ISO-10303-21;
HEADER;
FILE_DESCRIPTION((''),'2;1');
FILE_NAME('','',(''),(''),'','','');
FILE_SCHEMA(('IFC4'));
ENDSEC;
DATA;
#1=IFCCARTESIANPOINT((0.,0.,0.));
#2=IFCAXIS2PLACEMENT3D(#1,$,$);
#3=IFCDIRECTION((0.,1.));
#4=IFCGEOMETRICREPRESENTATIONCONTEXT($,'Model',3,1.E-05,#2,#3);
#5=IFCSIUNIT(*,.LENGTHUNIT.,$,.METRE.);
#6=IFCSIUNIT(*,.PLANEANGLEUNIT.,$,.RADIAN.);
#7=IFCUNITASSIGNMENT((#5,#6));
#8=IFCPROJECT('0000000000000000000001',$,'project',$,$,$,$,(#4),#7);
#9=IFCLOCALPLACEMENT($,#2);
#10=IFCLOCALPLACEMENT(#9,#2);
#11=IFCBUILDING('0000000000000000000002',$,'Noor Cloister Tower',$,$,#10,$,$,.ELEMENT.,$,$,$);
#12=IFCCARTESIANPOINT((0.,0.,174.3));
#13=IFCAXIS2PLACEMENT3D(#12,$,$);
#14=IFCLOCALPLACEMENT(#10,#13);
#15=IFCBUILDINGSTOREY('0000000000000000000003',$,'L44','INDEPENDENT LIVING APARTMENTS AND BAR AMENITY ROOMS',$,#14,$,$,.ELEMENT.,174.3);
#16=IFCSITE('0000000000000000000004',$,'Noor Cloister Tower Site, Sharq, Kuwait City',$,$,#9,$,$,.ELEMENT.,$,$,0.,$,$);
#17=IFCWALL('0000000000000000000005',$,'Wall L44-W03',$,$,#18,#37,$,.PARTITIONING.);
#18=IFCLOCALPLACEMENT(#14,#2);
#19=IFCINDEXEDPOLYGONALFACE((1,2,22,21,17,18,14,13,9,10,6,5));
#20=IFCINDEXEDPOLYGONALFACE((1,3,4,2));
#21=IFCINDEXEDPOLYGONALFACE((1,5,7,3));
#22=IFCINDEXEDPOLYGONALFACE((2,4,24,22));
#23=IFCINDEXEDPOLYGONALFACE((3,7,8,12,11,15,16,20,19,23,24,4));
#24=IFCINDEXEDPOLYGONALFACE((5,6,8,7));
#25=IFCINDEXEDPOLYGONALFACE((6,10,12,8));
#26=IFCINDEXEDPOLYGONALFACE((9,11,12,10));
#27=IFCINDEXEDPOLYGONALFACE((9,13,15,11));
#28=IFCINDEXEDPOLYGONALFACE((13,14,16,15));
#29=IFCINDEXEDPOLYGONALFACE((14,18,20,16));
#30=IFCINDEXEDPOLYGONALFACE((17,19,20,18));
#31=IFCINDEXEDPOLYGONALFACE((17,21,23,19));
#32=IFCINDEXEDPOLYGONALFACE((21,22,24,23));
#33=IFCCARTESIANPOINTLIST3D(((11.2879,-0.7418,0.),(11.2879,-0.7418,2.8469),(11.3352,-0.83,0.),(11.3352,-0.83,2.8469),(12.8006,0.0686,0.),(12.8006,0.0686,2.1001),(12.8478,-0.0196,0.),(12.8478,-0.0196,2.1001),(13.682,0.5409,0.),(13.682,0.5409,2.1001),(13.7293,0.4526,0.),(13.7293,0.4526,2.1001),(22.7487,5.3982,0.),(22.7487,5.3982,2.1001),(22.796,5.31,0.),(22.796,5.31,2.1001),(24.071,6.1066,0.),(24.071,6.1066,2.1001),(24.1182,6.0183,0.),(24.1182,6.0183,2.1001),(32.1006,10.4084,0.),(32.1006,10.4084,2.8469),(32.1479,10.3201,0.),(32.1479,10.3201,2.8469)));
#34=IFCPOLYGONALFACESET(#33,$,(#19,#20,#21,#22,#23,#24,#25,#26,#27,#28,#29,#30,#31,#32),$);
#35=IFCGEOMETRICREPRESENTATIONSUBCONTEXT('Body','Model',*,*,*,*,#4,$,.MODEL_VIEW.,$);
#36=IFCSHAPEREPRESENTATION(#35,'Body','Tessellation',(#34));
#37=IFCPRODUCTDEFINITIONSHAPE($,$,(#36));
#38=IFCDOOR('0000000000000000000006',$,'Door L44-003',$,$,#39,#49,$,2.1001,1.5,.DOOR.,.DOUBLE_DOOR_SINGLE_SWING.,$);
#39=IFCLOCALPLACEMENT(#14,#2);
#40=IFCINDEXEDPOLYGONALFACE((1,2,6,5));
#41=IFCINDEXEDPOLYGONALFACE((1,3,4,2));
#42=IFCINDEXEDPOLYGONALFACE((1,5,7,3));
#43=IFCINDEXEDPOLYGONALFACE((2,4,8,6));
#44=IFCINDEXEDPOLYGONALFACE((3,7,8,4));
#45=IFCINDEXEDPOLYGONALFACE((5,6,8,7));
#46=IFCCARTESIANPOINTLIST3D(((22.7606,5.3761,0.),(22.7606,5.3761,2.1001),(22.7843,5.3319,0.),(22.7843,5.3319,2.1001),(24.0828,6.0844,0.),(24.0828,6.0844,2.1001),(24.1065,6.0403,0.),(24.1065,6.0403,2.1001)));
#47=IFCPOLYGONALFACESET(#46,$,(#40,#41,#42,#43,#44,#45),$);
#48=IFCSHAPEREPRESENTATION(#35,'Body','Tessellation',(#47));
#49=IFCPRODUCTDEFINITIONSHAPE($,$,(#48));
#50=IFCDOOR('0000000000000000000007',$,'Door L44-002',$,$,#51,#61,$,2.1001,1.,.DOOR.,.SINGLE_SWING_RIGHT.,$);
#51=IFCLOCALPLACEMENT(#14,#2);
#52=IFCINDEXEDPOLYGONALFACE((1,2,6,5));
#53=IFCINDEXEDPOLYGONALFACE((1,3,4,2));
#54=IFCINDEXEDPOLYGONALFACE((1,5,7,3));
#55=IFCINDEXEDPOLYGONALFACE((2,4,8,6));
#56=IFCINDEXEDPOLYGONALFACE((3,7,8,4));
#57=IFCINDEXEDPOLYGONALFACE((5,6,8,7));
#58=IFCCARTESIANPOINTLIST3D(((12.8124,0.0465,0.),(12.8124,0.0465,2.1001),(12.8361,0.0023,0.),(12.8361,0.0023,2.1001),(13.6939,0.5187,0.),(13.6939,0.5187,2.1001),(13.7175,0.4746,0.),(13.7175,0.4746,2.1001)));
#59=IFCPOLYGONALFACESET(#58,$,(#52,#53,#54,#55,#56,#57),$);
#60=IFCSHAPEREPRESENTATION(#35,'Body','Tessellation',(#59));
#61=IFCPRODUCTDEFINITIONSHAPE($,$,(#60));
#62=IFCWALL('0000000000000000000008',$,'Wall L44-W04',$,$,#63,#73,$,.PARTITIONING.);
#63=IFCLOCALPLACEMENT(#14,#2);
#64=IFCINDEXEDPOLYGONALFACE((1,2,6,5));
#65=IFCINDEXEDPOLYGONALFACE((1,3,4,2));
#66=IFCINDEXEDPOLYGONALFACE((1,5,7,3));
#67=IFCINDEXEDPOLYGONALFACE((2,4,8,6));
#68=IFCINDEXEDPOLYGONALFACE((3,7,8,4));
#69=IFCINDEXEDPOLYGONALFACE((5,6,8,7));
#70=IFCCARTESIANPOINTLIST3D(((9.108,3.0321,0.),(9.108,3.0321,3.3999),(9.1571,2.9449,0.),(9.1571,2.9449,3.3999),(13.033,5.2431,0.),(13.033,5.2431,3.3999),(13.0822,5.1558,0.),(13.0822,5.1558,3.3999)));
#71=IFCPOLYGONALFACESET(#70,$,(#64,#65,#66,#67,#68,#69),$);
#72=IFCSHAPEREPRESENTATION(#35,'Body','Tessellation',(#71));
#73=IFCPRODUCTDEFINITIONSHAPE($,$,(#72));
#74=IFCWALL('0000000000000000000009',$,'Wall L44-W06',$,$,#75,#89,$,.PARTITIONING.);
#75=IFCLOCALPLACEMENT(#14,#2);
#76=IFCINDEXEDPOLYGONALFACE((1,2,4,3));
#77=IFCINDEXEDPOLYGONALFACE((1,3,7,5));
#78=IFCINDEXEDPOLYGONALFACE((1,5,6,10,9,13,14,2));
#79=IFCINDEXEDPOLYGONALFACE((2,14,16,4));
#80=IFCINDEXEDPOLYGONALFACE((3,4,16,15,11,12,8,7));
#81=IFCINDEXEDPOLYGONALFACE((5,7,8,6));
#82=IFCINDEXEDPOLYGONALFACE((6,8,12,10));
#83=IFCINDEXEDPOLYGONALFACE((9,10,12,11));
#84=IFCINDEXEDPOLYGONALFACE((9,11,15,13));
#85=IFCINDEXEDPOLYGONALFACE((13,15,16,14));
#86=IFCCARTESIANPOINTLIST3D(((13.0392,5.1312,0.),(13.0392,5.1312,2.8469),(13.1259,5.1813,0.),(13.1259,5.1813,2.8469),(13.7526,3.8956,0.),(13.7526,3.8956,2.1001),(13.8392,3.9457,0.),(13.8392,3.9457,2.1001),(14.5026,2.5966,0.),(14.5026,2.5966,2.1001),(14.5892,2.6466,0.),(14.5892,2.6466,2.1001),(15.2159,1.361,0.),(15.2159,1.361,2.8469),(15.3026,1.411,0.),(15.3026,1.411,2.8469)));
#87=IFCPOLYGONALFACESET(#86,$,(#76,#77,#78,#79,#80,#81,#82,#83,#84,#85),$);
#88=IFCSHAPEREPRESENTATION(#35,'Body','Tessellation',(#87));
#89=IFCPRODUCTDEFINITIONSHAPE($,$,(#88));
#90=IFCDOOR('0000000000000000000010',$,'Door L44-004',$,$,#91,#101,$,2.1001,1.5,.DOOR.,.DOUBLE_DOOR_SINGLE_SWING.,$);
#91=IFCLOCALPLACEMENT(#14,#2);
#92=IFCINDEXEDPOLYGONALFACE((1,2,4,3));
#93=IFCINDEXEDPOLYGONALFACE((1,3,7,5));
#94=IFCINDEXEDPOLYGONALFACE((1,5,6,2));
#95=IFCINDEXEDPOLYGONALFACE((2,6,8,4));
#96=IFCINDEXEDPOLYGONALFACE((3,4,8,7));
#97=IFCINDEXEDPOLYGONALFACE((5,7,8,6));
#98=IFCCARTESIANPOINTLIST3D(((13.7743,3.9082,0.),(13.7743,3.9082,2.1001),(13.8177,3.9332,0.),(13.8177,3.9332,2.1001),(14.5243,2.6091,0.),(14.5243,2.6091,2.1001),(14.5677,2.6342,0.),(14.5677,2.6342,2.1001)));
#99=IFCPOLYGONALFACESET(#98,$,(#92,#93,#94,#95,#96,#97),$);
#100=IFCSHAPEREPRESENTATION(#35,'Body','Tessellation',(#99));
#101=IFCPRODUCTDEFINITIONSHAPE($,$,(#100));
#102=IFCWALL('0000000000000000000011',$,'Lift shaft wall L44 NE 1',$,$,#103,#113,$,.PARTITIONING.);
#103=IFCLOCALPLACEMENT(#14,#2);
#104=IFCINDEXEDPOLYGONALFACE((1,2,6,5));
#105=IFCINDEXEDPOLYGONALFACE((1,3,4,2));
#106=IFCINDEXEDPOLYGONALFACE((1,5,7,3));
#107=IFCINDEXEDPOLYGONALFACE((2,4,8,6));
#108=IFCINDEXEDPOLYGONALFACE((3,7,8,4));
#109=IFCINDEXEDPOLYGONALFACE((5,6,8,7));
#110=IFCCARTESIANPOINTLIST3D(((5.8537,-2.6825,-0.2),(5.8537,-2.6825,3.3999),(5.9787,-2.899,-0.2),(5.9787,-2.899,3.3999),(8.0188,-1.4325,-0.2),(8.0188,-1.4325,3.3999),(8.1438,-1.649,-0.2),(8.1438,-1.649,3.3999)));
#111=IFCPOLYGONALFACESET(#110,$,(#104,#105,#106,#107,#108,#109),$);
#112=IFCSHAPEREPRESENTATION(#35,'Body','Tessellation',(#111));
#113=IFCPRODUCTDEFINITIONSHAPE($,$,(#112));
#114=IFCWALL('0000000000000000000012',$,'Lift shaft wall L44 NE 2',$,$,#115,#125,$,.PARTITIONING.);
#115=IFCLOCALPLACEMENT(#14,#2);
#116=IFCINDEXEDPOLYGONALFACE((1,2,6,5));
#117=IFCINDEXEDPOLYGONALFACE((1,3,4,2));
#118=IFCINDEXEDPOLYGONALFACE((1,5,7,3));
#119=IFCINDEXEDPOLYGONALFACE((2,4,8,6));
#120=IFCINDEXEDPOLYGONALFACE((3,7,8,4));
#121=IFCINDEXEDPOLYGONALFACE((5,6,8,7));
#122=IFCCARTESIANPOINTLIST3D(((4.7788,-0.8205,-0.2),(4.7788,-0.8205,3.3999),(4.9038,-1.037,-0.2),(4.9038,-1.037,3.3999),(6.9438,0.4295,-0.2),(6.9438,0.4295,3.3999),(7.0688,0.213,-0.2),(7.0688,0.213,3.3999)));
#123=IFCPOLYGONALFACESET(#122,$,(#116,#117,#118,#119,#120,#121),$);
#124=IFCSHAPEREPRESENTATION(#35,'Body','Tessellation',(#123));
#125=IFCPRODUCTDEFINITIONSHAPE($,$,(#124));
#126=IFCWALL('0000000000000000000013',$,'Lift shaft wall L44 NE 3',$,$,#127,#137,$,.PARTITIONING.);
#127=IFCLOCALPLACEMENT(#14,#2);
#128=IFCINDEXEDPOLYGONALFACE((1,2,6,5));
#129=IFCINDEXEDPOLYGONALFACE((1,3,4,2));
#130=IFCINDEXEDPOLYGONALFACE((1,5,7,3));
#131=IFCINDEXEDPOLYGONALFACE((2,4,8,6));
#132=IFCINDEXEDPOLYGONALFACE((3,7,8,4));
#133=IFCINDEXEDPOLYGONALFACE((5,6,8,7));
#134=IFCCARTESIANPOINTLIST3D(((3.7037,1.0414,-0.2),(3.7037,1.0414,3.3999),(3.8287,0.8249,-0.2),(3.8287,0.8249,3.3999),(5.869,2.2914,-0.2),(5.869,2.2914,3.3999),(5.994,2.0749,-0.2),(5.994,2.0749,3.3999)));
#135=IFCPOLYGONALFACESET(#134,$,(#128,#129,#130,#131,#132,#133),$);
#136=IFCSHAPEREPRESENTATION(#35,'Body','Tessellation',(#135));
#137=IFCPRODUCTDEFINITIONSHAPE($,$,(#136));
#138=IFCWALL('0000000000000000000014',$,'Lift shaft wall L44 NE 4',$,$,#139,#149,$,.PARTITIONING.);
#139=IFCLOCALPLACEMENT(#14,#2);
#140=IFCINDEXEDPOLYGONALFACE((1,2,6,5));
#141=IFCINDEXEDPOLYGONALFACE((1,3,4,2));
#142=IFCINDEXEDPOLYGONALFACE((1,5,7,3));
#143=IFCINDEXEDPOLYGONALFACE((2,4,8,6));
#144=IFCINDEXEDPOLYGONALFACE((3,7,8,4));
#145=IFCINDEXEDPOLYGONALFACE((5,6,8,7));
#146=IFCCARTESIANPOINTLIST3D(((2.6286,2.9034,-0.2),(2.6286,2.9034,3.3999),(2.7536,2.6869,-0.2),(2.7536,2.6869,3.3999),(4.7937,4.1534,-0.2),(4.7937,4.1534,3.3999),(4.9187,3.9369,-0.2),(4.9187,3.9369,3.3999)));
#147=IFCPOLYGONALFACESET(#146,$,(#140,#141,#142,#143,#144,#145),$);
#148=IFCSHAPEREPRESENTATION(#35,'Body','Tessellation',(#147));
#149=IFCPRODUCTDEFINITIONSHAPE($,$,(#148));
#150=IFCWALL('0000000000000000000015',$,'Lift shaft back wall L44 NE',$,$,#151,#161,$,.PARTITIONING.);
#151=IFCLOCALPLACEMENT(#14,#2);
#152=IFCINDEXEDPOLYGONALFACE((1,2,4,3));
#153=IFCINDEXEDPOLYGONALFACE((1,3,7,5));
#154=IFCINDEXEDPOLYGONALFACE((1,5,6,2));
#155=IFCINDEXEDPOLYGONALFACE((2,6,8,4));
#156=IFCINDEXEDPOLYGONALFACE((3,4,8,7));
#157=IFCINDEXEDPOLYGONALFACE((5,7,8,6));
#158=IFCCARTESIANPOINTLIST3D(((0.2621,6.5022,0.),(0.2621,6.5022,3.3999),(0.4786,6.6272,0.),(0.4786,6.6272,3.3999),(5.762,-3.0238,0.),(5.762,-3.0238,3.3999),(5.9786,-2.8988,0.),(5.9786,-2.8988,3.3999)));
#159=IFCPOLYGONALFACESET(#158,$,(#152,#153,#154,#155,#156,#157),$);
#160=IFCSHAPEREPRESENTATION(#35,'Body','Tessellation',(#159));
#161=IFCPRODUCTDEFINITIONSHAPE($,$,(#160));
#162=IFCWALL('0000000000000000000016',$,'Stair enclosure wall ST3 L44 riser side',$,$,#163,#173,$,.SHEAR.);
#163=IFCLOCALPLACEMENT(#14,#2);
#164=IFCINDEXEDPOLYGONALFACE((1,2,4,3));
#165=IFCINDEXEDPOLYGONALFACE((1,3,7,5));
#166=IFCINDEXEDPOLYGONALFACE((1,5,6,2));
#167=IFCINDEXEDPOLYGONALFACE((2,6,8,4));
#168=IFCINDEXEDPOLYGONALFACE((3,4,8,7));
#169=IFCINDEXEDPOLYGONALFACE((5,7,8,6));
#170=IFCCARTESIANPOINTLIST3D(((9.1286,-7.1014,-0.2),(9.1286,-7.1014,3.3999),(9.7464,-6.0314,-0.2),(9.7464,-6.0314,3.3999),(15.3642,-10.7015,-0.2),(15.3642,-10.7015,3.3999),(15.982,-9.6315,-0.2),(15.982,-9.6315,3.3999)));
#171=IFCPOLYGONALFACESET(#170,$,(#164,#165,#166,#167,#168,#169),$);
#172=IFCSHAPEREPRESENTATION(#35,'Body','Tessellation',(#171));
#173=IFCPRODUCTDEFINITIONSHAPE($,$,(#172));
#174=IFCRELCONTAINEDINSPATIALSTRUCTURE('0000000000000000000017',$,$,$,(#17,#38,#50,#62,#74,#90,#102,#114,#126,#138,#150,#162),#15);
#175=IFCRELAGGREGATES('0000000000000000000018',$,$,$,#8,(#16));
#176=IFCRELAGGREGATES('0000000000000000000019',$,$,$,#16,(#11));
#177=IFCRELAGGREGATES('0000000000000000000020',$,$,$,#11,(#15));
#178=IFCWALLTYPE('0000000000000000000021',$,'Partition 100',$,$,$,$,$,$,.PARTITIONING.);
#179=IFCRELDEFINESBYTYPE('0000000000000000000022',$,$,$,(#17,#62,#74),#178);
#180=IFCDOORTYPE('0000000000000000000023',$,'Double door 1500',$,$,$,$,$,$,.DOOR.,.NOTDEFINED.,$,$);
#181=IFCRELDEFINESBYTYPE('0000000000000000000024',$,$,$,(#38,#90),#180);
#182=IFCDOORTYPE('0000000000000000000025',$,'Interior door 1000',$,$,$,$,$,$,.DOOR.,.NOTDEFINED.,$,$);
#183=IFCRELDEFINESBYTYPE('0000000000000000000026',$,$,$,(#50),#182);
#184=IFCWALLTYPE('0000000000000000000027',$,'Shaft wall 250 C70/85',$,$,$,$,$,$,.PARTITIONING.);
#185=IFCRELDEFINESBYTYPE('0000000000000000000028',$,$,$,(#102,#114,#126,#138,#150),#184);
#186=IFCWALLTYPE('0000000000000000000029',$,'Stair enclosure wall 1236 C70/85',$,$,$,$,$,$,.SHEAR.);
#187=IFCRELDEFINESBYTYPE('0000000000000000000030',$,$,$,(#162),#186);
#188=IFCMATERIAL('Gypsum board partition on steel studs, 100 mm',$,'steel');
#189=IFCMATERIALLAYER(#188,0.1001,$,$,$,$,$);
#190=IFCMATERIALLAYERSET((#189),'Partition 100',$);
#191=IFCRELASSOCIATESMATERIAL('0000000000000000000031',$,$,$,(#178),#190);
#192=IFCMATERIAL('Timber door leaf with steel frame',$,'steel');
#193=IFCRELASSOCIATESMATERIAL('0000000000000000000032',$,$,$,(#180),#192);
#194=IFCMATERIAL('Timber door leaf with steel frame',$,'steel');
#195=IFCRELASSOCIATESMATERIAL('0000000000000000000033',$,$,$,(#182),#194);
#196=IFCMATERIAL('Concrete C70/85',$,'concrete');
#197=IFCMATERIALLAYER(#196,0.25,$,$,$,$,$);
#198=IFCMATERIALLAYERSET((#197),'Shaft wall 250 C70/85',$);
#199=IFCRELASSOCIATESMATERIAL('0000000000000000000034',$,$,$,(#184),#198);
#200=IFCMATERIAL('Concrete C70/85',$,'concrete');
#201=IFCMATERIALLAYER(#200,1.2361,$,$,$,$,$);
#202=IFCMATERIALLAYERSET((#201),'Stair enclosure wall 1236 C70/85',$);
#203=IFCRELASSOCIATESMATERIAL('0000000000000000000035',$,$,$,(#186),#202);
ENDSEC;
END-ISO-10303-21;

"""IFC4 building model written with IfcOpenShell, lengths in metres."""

from ifc_helpers import new_model, si_unit, direction, frame, frame_2d, origin, place, context, subcontext, project, spatial, rectangle, extrude, material, layer, layer_set, type_object, element, fill, save


model = new_model("IFC4")

# Units and contexts
model_context = context("Model", 3, precision=1e-05, world=origin(), true_north=direction((0.0, 1.0)))
body_context = subcontext(model_context, "Body", "Model", "MODEL_VIEW")
ifc_project = project(units=[si_unit("LENGTHUNIT", "METRE"), si_unit("PLANEANGLEUNIT", "RADIAN")], contexts=[model_context])

# Site, building, storey
site_placement = place(None, origin())
site = spatial("IfcSite", under=ifc_project, at=site_placement, Name="Noor Cloister Tower Site, Sharq, Kuwait City", CompositionType="ELEMENT", RefElevation=0.0)
building_placement = place(site_placement, origin())
building = spatial("IfcBuilding", under=site, at=building_placement, Name="Noor Cloister Tower", CompositionType="ELEMENT")
storey_placement = place(building_placement, frame((0.0, 0.0, 174.3)))
storey = spatial("IfcBuildingStorey", under=building, at=storey_placement, Name="L44", Description="INDEPENDENT LIVING APARTMENTS AND BAR AMENITY ROOMS", CompositionType="ELEMENT", Elevation=174.3)

# Wall, openings, doors
ifc_material_1 = material(Name="Gypsum board partition on steel studs, 100 mm", Category="steel")
ifc_layer_1 = layer(ifc_material_1, 0.1001)
ifc_layer_set_1 = layer_set([ifc_layer_1], Name="Partition 100")
wall_type_1 = type_object("IfcWallType", Name="Partition 100", PredefinedType="PARTITIONING", material=ifc_layer_set_1)
wall_1_placement = place(storey_placement, frame((11.3115, -0.7859, 0.0), z_axis=(0.0, 0.0, 1.0), x_axis=(0.881472, 0.472237, 0.0)))
wall_1 = element("IfcWall", 1, at=wall_1_placement, inside=storey, type_object=wall_type_1, Name="Wall L44-W03", PredefinedType="PARTITIONING", context=body_context, shape_type="SweptSolid", body=[
    extrude(rectangle(XDim=23.6113, YDim=0.1001, at=frame_2d((11.8057, 0.0))), origin(), (0.0, 0.0, 1.0), 2.8469),
])
opening_1_placement = place(wall_1_placement, frame((1.7161, 0.0, 0.0)))
opening_1 = element("IfcOpeningElement", 2, at=opening_1_placement, cuts=wall_1, PredefinedType="OPENING", context=body_context, shape_type="SweptSolid", body=[
    extrude(rectangle(XDim=1.0, YDim=2.1001, at=frame_2d((0.5, 1.05))), frame((0.0, 0.0601, 0.0), z_axis=(0.0, -1.0, 0.0), x_axis=(1.0, 0.0, 0.0)), (0.0, 0.0, 1.0), 0.1201),
])
opening_2_placement = place(wall_1_placement, frame((13.002, 0.0, 0.0)))
opening_2 = element("IfcOpeningElement", 3, at=opening_2_placement, cuts=wall_1, PredefinedType="OPENING", context=body_context, shape_type="SweptSolid", body=[
    extrude(rectangle(XDim=1.5, YDim=2.1001, at=frame_2d((0.75, 1.05))), frame((0.0, 0.0601, 0.0), z_axis=(0.0, -1.0, 0.0), x_axis=(1.0, 0.0, 0.0)), (0.0, 0.0, 1.0), 0.1201),
])
ifc_material_2 = material(Name="Timber door leaf with steel frame", Category="steel")
door_type_1 = type_object("IfcDoorType", Name="Double door 1500", OperationType="NOTDEFINED", PredefinedType="DOOR", material=ifc_material_2)
door_1_placement = place(opening_2_placement, origin())
door_1 = element("IfcDoor", 4, at=door_1_placement, inside=storey, type_object=door_type_1, Name="Door L44-003", OperationType="DOUBLE_DOOR_SINGLE_SWING", OverallHeight=2.1001, OverallWidth=1.5, PredefinedType="DOOR", context=body_context, shape_type="SweptSolid", body=[
    extrude(rectangle(XDim=1.5, YDim=2.1001, at=frame_2d((0.75, 1.05))), frame((0.0, 0.0249, 0.0), z_axis=(0.0, -1.0, 0.0), x_axis=(1.0, 0.0, 0.0)), (0.0, 0.0, 1.0), 0.05),
])
fill(opening_2, door_1)
ifc_material_3 = material(Name="Timber door leaf with steel frame", Category="steel")
door_type_2 = type_object("IfcDoorType", Name="Interior door 1000", OperationType="NOTDEFINED", PredefinedType="DOOR", material=ifc_material_3)
door_2_placement = place(opening_1_placement, origin())
door_2 = element("IfcDoor", 5, at=door_2_placement, inside=storey, type_object=door_type_2, Name="Door L44-002", OperationType="SINGLE_SWING_RIGHT", OverallHeight=2.1001, OverallWidth=1.0, PredefinedType="DOOR", context=body_context, shape_type="SweptSolid", body=[
    extrude(rectangle(XDim=1.0, YDim=2.1001, at=frame_2d((0.5, 1.05))), frame((0.0, 0.0249, 0.0), z_axis=(0.0, -1.0, 0.0), x_axis=(1.0, 0.0, 0.0)), (0.0, 0.0, 1.0), 0.05),
])
fill(opening_1, door_2)

# Wall
wall_2_placement = place(storey_placement, frame((9.1326, 2.9885, 0.0), z_axis=(0.0, 0.0, 1.0), x_axis=(0.871282, 0.490783, 0.0)))
element("IfcWall", 6, at=wall_2_placement, inside=storey, type_object=wall_type_1, Name="Wall L44-W04", PredefinedType="PARTITIONING", context=body_context, shape_type="SweptSolid", body=[
    extrude(rectangle(XDim=4.5049, YDim=0.1001, at=frame_2d((2.2524, 0.0))), origin(), (0.0, 0.0, 1.0), 3.3999),
])

# Wall, opening, door
wall_3_placement = place(storey_placement, frame((15.2593, 1.386, 0.0), z_axis=(0.0, 0.0, 1.0), x_axis=(-0.499999, 0.866026, 0.0)))
wall_3 = element("IfcWall", 7, at=wall_3_placement, inside=storey, type_object=wall_type_1, Name="Wall L44-W06", PredefinedType="PARTITIONING", context=body_context, shape_type="SweptSolid", body=[
    extrude(rectangle(XDim=4.3535, YDim=0.1001, at=frame_2d((2.1768, 0.0))), origin(), (0.0, 0.0, 1.0), 2.8469),
])
opening_3_placement = place(wall_3_placement, frame((1.4268, 0.0, 0.0)))
opening_3 = element("IfcOpeningElement", 8, at=opening_3_placement, cuts=wall_3, PredefinedType="OPENING", context=body_context, shape_type="SweptSolid", body=[
    extrude(rectangle(XDim=1.5, YDim=2.1001, at=frame_2d((0.75, 1.05))), frame((0.0, 0.0601, 0.0), z_axis=(0.0, -1.0, 0.0), x_axis=(1.0, 0.0, 0.0)), (0.0, 0.0, 1.0), 0.1201),
])
door_3_placement = place(opening_3_placement, origin())
door_3 = element("IfcDoor", 9, at=door_3_placement, inside=storey, type_object=door_type_1, Name="Door L44-004", OperationType="DOUBLE_DOOR_SINGLE_SWING", OverallHeight=2.1001, OverallWidth=1.5, PredefinedType="DOOR", context=body_context, shape_type="SweptSolid", body=[
    extrude(rectangle(XDim=1.5, YDim=2.1001, at=frame_2d((0.75, 1.05))), frame((0.0, 0.0249, 0.0), z_axis=(0.0, -1.0, 0.0), x_axis=(1.0, 0.0, 0.0)), (0.0, 0.0, 1.0), 0.05),
])
fill(opening_3, door_3)

# Walls
ifc_material_4 = material(Name="Concrete C70/85", Category="concrete")
ifc_layer_2 = layer(ifc_material_4, 0.25)
ifc_layer_set_2 = layer_set([ifc_layer_2], Name="Shaft wall 250 C70/85")
wall_type_2 = type_object("IfcWallType", Name="Shaft wall 250 C70/85", PredefinedType="PARTITIONING", material=ifc_layer_set_2)
for number, where, z_axis, x_axis, name in (
    (10, (8.0813, -1.5408, -0.2), (0.0, 0.0, 1.0), (-0.866023, -0.500004, 0.0), "Lift shaft wall L44 NE 1"),
    (11, (7.0063, 0.3213, -0.2), (0.0, 0.0, 1.0), (-0.866023, -0.500004, 0.0), "Lift shaft wall L44 NE 2"),
):
    element("IfcWall", number, at=place(storey_placement, frame(where, z_axis=z_axis, x_axis=x_axis)), inside=storey, type_object=wall_type_2, Name=name, PredefinedType="PARTITIONING", context=body_context, shape_type="SweptSolid", body=[
        extrude(rectangle(XDim=2.5, YDim=0.25, at=frame_2d((1.25, 0.0))), origin(), (0.0, 0.0, 1.0), 3.5999),
    ])
wall_4_placement = place(storey_placement, frame((5.9314, 2.1831, -0.2), z_axis=(0.0, 0.0, 1.0), x_axis=(-0.866047, -0.499962, 0.0)))
element("IfcWall", 12, at=wall_4_placement, inside=storey, type_object=wall_type_2, Name="Lift shaft wall L44 NE 3", PredefinedType="PARTITIONING", context=body_context, shape_type="SweptSolid", body=[
    extrude(rectangle(XDim=2.5002, YDim=0.25, at=frame_2d((1.25, 0.0))), origin(), (0.0, 0.0, 1.0), 3.5999),
])
wall_5_placement = place(storey_placement, frame((4.8562, 4.0452, -0.2), z_axis=(0.0, 0.0, 1.0), x_axis=(-0.866023, -0.500004, 0.0)))
element("IfcWall", 13, at=wall_5_placement, inside=storey, type_object=wall_type_2, Name="Lift shaft wall L44 NE 4", PredefinedType="PARTITIONING", context=body_context, shape_type="SweptSolid", body=[
    extrude(rectangle(XDim=2.5, YDim=0.25, at=frame_2d((1.25, 0.0))), origin(), (0.0, 0.0, 1.0), 3.5999),
])
wall_6_placement = place(storey_placement, frame((5.8704, -2.9614, 0.0), z_axis=(0.0, 0.0, 1.0), x_axis=(-0.500006, 0.866022, 0.0)))
element("IfcWall", 14, at=wall_6_placement, inside=storey, type_object=wall_type_2, Name="Lift shaft back wall L44 NE", PredefinedType="PARTITIONING", context=body_context, shape_type="SweptSolid", body=[
    extrude(rectangle(XDim=10.9998, YDim=0.25, at=frame_2d((5.5, 0.0))), origin(), (0.0, 0.0, 1.0), 3.3999),
])
ifc_material_5 = material(Name="Concrete C70/85", Category="concrete")
ifc_layer_3 = layer(ifc_material_5, 1.2361)
ifc_layer_set_3 = layer_set([ifc_layer_3], Name="Stair enclosure wall 1236 C70/85")
wall_type_3 = type_object("IfcWallType", Name="Stair enclosure wall 1236 C70/85", PredefinedType="SHEAR", material=ifc_layer_set_3)
wall_7_placement = place(storey_placement, frame((9.4375, -6.5664, -0.2), z_axis=(0.0, 0.0, 1.0), x_axis=(0.866027, -0.499997, 0.0)))
element("IfcWall", 15, at=wall_7_placement, inside=storey, type_object=wall_type_3, Name="Stair enclosure wall ST3 L44 riser side", PredefinedType="SHEAR", context=body_context, shape_type="SweptSolid", body=[
    extrude(rectangle(XDim=7.2002, YDim=1.2356, at=frame_2d((3.6001, 0.0))), origin(), (0.0, 0.0, 1.0), 3.5999),
])

save(model, "model.ifc")
